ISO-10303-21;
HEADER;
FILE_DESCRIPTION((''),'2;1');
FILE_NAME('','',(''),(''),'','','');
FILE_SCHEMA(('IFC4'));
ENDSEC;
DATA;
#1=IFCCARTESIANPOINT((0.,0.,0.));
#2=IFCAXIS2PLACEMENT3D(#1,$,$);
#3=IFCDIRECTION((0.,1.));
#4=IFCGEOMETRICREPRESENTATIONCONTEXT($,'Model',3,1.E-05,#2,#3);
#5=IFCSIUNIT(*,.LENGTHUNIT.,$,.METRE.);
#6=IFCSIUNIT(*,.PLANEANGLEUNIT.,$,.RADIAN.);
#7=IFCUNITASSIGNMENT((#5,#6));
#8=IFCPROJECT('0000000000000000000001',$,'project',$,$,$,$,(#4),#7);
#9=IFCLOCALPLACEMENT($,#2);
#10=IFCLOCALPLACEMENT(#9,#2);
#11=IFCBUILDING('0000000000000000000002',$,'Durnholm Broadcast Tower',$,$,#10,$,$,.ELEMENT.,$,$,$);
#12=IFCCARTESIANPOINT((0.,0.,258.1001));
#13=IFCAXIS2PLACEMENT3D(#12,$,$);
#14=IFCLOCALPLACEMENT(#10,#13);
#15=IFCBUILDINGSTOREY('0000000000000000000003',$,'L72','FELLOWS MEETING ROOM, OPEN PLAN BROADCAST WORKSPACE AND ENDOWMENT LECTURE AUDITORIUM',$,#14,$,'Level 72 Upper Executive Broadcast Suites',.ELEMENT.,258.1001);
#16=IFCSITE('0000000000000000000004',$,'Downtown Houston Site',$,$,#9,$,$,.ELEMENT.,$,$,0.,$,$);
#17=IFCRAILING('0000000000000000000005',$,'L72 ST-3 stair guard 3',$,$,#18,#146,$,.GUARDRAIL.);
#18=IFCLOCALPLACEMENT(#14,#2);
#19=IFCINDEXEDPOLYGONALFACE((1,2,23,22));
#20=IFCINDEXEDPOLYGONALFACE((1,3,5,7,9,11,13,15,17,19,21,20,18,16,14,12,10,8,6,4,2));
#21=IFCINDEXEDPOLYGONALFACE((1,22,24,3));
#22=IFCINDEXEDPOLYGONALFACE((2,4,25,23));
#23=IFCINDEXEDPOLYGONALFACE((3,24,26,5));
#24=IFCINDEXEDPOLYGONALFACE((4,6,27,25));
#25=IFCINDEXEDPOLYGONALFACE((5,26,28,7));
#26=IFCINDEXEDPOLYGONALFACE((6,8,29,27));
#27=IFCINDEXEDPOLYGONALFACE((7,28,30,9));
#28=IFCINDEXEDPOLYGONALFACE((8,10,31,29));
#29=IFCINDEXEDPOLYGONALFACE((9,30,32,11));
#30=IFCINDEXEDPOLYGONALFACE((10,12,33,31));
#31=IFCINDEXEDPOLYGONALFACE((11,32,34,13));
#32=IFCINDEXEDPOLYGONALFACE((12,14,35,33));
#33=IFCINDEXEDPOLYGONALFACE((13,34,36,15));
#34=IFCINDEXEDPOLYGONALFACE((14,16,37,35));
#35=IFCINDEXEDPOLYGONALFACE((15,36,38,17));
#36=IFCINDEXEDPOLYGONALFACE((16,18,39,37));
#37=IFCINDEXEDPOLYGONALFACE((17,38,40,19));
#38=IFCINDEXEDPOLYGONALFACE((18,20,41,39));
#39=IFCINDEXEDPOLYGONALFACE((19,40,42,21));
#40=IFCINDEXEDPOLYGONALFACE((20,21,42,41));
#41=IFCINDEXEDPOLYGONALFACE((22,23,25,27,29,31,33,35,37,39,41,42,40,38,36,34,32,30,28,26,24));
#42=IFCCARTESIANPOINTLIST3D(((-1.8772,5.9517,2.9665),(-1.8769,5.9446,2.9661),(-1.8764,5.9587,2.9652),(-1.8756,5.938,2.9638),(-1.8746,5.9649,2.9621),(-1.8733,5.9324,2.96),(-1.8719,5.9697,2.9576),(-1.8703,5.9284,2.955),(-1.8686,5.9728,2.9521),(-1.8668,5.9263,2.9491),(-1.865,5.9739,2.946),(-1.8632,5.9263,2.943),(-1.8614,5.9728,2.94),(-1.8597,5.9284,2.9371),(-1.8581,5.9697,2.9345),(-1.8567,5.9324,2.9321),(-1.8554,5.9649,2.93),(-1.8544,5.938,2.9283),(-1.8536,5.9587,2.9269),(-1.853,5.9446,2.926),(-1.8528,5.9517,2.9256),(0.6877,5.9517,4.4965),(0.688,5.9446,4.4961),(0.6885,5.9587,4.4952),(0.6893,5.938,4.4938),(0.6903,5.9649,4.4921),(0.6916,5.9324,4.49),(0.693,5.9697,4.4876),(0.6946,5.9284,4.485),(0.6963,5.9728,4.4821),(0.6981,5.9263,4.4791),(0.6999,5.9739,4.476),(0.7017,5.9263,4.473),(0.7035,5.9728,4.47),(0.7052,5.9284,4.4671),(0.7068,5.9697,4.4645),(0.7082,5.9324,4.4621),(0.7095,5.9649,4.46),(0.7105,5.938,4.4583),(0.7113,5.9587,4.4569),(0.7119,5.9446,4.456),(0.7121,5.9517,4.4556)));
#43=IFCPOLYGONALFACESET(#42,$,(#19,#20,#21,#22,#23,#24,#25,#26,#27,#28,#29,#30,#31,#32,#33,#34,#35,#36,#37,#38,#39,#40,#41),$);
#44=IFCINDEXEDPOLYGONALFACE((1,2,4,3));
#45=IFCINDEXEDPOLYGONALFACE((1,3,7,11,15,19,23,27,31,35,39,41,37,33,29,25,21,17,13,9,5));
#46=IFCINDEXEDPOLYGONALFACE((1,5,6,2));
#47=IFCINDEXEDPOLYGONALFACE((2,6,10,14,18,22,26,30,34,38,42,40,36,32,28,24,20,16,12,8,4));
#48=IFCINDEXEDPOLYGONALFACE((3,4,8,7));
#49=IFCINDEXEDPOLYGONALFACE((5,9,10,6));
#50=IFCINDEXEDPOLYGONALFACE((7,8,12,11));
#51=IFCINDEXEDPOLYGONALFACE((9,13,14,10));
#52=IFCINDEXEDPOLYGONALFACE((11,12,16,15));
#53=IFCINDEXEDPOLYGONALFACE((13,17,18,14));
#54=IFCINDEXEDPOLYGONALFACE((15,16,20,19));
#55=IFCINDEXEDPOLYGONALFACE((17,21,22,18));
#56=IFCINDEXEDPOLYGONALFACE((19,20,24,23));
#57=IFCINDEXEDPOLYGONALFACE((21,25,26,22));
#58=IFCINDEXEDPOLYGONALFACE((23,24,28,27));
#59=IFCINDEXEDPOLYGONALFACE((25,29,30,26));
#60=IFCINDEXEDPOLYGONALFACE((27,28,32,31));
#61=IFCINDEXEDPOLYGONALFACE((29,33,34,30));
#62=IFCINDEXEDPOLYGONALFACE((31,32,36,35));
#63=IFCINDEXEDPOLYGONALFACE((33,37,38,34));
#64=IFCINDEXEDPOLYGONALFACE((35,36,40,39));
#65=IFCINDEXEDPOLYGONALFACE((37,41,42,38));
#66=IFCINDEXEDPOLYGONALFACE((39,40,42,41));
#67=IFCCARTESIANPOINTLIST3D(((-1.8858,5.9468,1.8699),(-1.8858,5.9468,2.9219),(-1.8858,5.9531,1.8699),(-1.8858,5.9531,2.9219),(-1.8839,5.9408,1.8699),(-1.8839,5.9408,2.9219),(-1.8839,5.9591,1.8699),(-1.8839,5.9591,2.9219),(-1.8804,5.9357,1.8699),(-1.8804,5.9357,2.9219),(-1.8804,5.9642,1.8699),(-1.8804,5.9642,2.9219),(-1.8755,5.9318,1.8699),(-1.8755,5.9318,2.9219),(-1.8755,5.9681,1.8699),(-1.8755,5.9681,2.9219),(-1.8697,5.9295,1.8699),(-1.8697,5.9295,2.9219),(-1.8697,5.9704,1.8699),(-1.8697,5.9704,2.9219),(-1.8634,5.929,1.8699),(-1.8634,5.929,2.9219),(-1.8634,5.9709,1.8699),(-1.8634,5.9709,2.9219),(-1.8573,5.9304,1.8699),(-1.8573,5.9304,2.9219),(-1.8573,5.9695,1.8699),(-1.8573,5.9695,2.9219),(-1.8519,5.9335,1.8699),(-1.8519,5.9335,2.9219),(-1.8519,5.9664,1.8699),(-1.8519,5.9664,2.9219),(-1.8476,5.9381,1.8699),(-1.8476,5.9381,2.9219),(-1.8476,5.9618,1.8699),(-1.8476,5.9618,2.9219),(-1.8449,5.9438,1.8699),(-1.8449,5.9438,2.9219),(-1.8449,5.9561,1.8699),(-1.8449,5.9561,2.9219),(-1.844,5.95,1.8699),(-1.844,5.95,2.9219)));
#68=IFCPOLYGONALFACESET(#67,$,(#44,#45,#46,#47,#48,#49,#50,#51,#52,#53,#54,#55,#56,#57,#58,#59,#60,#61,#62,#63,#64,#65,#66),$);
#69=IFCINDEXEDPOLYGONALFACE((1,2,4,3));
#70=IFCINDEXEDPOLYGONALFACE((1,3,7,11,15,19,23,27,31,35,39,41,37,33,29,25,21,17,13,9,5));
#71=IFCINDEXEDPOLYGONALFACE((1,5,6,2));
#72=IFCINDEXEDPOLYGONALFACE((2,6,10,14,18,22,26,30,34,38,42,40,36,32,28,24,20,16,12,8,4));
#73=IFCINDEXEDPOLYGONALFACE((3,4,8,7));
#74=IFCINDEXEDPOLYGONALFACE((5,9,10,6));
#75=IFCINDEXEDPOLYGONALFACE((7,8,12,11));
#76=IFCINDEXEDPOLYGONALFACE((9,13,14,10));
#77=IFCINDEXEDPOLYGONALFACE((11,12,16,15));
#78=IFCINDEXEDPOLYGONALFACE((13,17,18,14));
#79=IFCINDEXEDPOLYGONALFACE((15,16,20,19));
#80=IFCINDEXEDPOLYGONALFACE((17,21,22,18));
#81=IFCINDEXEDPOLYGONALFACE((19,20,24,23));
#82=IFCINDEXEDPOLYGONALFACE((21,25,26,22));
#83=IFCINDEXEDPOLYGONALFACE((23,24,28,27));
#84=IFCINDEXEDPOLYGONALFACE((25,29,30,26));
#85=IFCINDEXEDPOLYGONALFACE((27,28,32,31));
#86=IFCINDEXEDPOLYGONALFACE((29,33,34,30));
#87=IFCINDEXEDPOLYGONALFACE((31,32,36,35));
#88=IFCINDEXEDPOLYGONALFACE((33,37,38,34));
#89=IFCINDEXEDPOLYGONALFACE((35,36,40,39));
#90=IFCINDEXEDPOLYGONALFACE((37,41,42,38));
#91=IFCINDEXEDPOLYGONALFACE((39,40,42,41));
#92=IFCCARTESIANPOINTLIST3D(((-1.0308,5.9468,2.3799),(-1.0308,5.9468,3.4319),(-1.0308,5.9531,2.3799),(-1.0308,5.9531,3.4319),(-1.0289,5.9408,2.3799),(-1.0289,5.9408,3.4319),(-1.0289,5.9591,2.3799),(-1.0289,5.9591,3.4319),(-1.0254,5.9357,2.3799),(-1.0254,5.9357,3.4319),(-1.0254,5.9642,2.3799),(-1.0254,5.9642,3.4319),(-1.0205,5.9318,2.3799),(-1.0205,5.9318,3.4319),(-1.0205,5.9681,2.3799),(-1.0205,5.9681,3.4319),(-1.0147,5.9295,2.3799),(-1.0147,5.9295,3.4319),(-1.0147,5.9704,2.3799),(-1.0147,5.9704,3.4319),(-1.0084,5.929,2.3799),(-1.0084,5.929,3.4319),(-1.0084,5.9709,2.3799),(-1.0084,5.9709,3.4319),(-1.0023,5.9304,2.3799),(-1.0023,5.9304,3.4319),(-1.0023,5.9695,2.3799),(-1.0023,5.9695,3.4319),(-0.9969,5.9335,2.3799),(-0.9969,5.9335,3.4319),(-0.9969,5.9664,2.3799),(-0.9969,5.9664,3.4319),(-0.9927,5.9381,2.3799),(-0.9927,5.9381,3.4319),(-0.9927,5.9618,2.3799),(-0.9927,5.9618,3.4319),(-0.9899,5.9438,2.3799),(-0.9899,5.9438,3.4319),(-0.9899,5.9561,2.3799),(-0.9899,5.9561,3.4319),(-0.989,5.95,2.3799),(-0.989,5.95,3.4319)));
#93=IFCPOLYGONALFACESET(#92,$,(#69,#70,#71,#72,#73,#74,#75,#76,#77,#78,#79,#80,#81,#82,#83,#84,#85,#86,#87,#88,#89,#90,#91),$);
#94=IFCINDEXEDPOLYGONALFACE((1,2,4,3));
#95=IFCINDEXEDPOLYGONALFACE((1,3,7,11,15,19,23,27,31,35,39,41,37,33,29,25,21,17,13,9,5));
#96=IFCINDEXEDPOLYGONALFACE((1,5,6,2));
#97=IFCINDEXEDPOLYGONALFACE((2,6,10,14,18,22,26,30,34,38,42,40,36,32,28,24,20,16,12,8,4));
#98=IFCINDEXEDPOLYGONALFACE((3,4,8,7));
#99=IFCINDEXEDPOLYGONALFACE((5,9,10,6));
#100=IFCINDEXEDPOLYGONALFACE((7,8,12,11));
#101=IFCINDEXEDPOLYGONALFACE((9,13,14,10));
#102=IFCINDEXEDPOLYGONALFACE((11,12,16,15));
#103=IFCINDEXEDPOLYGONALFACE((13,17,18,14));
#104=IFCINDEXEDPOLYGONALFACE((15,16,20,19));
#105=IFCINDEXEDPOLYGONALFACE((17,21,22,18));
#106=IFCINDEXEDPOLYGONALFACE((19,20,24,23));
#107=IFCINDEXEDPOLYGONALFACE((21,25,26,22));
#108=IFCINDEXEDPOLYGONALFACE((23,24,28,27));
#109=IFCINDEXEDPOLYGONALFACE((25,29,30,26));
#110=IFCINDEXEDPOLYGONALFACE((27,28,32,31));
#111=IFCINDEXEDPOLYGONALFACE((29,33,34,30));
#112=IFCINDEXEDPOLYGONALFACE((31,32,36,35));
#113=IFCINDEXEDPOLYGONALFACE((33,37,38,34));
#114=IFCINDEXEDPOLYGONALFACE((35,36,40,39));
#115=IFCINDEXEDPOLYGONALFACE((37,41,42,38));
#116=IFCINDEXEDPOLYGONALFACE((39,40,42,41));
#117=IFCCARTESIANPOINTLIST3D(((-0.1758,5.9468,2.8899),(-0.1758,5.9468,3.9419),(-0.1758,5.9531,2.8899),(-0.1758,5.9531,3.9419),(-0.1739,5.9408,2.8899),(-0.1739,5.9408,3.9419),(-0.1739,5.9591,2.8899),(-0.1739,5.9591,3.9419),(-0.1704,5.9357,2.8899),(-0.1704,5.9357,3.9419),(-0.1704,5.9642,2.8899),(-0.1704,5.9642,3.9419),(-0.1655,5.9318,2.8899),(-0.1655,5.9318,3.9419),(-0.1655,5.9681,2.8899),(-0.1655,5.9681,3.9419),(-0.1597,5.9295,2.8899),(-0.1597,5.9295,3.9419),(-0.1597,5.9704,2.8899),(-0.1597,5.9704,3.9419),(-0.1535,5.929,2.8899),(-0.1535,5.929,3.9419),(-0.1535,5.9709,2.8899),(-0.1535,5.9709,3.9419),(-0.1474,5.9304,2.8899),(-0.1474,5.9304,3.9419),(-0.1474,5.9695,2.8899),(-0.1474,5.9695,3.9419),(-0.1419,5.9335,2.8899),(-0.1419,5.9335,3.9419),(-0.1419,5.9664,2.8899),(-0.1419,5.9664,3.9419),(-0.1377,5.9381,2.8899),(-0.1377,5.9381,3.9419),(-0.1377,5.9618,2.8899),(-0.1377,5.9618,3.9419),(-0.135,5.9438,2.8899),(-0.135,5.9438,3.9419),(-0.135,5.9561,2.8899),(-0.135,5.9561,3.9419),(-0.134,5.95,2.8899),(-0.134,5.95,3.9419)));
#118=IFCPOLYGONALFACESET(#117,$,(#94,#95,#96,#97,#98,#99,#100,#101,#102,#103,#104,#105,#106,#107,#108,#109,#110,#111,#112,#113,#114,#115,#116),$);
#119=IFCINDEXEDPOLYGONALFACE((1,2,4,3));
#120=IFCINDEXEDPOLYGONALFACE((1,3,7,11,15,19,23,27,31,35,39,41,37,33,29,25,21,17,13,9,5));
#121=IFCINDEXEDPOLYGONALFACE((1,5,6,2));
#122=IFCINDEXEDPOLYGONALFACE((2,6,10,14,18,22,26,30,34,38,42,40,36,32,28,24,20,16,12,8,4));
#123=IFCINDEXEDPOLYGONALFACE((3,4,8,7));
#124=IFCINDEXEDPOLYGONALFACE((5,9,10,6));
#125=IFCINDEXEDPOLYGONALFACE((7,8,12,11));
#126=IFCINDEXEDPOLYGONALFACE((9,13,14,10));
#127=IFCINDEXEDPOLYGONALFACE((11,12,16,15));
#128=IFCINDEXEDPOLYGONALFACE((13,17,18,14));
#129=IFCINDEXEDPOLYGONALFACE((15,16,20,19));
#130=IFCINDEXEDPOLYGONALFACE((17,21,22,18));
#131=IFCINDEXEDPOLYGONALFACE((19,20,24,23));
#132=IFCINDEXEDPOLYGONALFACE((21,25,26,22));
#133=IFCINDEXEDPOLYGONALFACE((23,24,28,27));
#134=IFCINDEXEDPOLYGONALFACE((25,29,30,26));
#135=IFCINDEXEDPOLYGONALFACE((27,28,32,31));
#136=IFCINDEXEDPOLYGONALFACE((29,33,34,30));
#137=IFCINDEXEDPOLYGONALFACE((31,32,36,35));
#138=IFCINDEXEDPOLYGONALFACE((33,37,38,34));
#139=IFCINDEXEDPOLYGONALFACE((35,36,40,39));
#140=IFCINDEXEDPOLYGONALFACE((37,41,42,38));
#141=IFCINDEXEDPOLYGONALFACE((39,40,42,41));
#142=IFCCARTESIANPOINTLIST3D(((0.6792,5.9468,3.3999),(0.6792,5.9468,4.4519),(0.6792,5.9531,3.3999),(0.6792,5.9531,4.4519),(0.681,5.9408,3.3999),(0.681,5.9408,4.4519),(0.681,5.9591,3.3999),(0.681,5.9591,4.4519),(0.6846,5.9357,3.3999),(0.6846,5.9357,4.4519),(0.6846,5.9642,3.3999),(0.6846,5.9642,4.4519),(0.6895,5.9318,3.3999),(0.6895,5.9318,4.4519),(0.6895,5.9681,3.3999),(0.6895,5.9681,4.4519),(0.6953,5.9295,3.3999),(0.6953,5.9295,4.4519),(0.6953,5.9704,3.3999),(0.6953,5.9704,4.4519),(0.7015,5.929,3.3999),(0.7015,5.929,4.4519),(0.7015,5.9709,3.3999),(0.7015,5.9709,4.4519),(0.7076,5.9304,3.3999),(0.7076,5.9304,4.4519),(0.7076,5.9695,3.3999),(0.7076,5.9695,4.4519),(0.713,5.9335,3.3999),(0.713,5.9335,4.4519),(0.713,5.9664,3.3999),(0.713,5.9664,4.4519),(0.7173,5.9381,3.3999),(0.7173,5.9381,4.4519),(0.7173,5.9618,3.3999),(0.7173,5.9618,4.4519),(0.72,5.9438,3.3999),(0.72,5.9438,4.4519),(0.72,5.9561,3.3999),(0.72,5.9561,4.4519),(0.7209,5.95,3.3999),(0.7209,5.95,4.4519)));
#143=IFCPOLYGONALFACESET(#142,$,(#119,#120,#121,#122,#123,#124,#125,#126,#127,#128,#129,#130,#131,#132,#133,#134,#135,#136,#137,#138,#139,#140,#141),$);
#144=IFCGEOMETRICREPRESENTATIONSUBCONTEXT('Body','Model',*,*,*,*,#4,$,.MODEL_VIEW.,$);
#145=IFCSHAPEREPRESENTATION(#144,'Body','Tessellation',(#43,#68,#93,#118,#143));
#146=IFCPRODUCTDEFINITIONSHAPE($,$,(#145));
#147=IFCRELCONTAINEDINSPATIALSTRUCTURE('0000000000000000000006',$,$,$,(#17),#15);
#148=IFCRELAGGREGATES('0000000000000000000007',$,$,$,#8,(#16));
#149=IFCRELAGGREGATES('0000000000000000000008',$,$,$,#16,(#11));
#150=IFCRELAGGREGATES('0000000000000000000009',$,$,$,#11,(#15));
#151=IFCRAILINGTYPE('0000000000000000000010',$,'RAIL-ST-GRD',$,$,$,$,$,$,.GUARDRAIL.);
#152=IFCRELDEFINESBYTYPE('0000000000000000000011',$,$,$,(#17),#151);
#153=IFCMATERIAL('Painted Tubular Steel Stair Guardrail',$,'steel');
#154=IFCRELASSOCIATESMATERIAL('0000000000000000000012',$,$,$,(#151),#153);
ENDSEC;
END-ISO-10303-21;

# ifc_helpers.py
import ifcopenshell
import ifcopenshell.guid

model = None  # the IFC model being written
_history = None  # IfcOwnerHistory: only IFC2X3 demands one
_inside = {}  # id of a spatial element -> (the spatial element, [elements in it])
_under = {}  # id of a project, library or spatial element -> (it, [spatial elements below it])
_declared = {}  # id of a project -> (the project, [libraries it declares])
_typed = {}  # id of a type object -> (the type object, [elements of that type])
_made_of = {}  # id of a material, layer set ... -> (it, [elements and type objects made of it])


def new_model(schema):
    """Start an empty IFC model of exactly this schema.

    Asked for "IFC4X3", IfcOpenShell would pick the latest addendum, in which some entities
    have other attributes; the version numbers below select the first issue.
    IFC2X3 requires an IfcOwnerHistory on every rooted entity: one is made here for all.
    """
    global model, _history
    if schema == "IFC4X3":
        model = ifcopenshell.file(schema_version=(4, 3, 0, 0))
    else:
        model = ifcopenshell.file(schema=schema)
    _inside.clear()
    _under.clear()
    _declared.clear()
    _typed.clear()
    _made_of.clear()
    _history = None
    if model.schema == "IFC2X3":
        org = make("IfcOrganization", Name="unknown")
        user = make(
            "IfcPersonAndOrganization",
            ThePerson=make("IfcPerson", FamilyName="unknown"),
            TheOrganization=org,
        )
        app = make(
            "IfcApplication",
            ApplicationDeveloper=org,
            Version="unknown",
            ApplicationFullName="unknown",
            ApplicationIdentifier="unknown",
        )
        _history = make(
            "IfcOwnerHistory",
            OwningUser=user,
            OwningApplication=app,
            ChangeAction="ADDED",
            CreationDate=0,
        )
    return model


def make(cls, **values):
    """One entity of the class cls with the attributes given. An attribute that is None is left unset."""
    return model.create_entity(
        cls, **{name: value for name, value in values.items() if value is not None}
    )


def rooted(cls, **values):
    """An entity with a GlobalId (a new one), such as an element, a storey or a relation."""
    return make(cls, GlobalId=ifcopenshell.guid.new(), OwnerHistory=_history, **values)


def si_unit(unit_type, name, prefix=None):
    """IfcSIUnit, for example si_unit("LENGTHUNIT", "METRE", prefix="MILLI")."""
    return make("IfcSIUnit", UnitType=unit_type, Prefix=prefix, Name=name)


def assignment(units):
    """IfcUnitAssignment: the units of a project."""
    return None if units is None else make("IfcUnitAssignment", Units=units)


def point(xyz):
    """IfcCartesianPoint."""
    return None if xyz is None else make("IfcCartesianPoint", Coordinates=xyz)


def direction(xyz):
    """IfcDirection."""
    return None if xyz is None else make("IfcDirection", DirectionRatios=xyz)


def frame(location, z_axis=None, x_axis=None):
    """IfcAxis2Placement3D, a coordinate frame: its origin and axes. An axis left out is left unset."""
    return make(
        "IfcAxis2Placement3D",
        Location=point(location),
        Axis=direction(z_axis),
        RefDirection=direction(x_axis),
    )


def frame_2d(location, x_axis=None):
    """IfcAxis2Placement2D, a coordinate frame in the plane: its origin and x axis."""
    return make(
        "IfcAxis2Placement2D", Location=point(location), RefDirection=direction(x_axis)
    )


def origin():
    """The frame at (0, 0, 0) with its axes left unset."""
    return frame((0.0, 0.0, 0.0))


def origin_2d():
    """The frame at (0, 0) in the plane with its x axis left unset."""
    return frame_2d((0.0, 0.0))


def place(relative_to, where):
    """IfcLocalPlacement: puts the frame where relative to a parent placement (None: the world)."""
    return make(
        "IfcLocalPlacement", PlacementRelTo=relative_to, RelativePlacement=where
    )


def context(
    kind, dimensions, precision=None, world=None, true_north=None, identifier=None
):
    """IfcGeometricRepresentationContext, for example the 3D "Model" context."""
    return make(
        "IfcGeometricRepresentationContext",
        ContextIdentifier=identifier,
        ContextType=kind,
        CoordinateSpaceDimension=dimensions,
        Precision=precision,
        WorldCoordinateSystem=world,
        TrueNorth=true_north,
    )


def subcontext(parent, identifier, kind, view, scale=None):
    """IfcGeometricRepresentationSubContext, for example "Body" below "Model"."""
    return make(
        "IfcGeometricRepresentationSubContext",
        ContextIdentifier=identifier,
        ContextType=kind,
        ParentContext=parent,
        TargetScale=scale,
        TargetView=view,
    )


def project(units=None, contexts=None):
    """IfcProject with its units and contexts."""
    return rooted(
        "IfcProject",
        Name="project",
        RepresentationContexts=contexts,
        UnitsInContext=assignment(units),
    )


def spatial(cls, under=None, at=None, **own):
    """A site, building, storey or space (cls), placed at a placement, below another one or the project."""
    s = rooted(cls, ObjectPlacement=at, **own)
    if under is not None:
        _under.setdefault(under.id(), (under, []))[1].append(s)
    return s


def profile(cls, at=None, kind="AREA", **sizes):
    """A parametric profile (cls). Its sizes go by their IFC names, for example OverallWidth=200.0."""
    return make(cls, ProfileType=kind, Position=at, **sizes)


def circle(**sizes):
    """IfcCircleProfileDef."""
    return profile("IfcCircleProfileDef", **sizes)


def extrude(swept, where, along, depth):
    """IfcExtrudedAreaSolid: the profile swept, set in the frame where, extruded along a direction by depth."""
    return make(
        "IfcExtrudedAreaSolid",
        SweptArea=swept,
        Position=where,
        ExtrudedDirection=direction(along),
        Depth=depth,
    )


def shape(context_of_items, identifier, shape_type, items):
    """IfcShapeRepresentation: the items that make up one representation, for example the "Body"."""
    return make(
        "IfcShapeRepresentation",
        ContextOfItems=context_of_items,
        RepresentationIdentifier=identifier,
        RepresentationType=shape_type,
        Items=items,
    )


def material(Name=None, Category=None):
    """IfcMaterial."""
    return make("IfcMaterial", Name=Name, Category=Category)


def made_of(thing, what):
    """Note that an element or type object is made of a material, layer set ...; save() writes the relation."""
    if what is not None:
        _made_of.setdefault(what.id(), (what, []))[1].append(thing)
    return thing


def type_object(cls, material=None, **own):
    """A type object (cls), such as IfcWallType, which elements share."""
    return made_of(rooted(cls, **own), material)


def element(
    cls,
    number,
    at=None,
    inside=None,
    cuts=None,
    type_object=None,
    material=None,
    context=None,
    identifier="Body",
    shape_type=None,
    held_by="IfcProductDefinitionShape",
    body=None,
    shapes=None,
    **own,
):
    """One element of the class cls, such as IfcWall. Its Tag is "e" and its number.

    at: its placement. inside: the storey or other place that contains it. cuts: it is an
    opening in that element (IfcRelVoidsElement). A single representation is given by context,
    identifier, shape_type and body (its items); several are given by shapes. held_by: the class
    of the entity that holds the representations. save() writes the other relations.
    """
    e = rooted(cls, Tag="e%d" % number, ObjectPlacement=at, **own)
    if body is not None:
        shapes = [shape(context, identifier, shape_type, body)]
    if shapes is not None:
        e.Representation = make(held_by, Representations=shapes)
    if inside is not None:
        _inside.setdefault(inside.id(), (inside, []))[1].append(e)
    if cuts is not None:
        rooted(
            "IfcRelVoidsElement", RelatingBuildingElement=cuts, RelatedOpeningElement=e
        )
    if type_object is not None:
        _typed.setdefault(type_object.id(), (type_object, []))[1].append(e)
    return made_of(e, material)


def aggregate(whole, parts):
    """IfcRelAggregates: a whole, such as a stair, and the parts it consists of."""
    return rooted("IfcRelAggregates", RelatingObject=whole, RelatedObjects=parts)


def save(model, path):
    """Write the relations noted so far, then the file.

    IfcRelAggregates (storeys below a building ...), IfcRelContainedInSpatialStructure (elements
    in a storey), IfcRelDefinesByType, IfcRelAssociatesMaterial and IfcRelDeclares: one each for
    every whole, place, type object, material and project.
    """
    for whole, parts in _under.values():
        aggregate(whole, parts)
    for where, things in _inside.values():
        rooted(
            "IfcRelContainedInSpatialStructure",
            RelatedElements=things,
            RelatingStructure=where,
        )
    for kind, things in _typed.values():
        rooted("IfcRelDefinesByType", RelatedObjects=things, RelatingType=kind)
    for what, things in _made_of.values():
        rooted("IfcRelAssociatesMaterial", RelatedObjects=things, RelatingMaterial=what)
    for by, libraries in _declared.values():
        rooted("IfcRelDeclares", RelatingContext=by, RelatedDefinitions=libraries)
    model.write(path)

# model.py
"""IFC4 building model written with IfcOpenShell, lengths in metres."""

from ifc_helpers import new_model, si_unit, direction, frame, origin, origin_2d, place, context, subcontext, project, spatial, circle, extrude, material, type_object, element, save


model = new_model("IFC4")

# Units and contexts
model_context = context("Model", 3, precision=1e-05, world=origin(), true_north=direction((0.0, 1.0)))
body_context = subcontext(model_context, "Body", "Model", "MODEL_VIEW")
ifc_project = project(units=[si_unit("LENGTHUNIT", "METRE"), si_unit("PLANEANGLEUNIT", "RADIAN")], contexts=[model_context])

# Site, building, storey
site_placement = place(None, origin())
site = spatial("IfcSite", under=ifc_project, at=site_placement, Name="Downtown Houston Site", CompositionType="ELEMENT", RefElevation=0.0)
building_placement = place(site_placement, origin())
building = spatial("IfcBuilding", under=site, at=building_placement, Name="Durnholm Broadcast Tower", CompositionType="ELEMENT")
storey_placement = place(building_placement, frame((0.0, 0.0, 258.1001)))
storey = spatial("IfcBuildingStorey", under=building, at=storey_placement, Name="L72", Description="FELLOWS MEETING ROOM, OPEN PLAN BROADCAST WORKSPACE AND ENDOWMENT LECTURE AUDITORIUM", LongName="Level 72 Upper Executive Broadcast Suites", CompositionType="ELEMENT", Elevation=258.1001)

# Railing
ifc_material_1 = material(Name="Painted Tubular Steel Stair Guardrail", Category="steel")
railing_type_1 = type_object("IfcRailingType", Name="RAIL-ST-GRD", PredefinedType="GUARDRAIL", material=ifc_material_1)
railing_1_placement = place(storey_placement, frame((-1.865, 5.95, 1.8699)))
element("IfcRailing", 1, at=railing_1_placement, inside=storey, type_object=railing_type_1, Name="L72 ST-3 stair guard 3", PredefinedType="GUARDRAIL", context=body_context, shape_type="SweptSolid", body=[
    extrude(circle(Radius=0.0239, at=origin_2d()), frame((0.0, 0.0, 1.0762), z_axis=(0.85881, 0.0, 0.512294), x_axis=(0.0, 1.0, 0.0)), (0.0, 0.0, 1.0), 2.9866),
    extrude(circle(Radius=0.021, at=origin_2d()), origin(), (0.0, 0.0, 1.0), 1.052),
    extrude(circle(Radius=0.021, at=origin_2d()), frame((0.855, 0.0, 0.51)), (0.0, 0.0, 1.0), 1.052),
    extrude(circle(Radius=0.021, at=origin_2d()), frame((1.71, 0.0, 1.02)), (0.0, 0.0, 1.0), 1.052),
    extrude(circle(Radius=0.021, at=origin_2d()), frame((2.5649, 0.0, 1.53)), (0.0, 0.0, 1.0), 1.052),
])

save(model, "model.ifc")
